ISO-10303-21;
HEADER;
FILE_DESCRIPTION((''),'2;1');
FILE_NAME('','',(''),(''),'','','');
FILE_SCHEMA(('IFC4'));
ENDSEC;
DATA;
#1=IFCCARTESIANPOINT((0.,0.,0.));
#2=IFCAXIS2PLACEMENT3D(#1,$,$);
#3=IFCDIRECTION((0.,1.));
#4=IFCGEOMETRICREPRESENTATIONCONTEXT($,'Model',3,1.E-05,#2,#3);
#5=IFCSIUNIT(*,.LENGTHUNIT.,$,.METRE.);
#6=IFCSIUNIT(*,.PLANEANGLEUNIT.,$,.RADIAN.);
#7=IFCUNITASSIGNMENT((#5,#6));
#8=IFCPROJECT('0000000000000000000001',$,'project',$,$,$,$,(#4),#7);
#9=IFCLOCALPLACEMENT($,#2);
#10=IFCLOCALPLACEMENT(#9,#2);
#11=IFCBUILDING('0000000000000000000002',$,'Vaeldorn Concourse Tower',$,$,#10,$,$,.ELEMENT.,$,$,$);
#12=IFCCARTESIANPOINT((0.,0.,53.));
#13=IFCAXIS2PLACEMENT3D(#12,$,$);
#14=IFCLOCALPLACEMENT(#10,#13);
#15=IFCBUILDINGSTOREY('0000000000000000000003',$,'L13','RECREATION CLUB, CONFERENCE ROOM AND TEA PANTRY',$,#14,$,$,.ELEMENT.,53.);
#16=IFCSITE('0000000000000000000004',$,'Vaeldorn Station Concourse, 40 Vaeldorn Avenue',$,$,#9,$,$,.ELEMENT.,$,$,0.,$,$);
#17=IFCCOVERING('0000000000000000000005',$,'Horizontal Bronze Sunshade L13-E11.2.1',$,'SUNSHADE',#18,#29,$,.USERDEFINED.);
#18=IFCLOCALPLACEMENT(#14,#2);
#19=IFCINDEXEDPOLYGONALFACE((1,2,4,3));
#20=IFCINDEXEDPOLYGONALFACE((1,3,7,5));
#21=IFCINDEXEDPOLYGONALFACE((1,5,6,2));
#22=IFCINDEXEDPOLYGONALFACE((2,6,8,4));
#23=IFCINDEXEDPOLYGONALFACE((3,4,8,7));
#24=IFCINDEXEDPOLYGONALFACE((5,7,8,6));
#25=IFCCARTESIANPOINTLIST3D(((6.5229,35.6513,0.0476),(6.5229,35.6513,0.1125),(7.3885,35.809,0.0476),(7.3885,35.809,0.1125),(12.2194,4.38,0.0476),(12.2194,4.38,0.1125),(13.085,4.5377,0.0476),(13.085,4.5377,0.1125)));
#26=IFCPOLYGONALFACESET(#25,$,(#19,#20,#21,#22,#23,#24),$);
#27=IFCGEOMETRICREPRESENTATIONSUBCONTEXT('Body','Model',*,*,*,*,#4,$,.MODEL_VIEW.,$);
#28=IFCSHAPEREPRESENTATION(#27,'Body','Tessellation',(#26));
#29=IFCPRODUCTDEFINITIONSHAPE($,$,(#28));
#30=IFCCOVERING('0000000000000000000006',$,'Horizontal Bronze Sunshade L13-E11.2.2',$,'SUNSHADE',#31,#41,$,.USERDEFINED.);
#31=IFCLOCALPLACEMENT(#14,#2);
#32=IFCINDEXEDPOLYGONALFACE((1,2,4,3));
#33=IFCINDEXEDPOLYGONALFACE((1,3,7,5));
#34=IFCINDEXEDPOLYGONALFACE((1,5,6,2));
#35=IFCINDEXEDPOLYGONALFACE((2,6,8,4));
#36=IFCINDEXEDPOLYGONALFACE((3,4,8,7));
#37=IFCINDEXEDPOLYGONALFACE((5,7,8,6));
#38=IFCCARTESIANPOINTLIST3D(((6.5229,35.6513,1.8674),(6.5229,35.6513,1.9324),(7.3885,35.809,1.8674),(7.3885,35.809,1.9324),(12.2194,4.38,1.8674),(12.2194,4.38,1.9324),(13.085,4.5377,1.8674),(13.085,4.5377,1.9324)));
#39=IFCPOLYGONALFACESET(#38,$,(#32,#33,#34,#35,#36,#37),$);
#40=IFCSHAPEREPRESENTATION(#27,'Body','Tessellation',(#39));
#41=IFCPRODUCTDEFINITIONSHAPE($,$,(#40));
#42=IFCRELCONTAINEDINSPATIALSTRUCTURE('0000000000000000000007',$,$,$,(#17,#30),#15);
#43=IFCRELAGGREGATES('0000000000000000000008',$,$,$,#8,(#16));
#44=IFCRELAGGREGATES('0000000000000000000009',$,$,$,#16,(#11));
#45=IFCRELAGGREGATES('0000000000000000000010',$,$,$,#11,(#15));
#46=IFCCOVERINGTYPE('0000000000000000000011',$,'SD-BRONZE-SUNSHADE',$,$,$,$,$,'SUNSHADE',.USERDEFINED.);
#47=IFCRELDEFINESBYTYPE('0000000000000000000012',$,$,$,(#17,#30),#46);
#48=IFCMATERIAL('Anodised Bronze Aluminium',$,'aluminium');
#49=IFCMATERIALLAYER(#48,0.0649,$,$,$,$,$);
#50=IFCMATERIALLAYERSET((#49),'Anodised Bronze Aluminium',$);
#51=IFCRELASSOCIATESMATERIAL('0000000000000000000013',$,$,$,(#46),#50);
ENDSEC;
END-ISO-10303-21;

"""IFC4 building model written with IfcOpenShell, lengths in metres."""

from ifc_helpers import new_model, si_unit, direction, frame, origin, origin_2d, place, context, subcontext, project, spatial, rectangle, extrude, source, transform, mapped, material, layer, layer_set, type_object, element, save


model = new_model("IFC4")

# Units and contexts
model_context = context("Model", 3, precision=1e-05, world=origin(), true_north=direction((0.0, 1.0)))
body_context = subcontext(model_context, "Body", "Model", "MODEL_VIEW")
ifc_project = project(units=[si_unit("LENGTHUNIT", "METRE"), si_unit("PLANEANGLEUNIT", "RADIAN")], contexts=[model_context])

# Site, building, storey
site_placement = place(None, origin())
site = spatial("IfcSite", under=ifc_project, at=site_placement, Name="Vaeldorn Station Concourse, 40 Vaeldorn Avenue", CompositionType="ELEMENT", RefElevation=0.0)
building_placement = place(site_placement, origin())
building = spatial("IfcBuilding", under=site, at=building_placement, Name="Vaeldorn Concourse Tower", CompositionType="ELEMENT")
storey_placement = place(building_placement, frame((0.0, 0.0, 53.0)))
storey = spatial("IfcBuildingStorey", under=building, at=storey_placement, Name="L13", Description="RECREATION CLUB, CONFERENCE ROOM AND TEA PANTRY", CompositionType="ELEMENT", Elevation=53.0)

# Shared definitions
ifc_material_1 = material(Name="Anodised Bronze Aluminium", Category="aluminium")

# Coverings
ifc_layer_1 = layer(ifc_material_1, 0.0649)
ifc_layer_set_1 = layer_set([ifc_layer_1], Name="Anodised Bronze Aluminium")
covering_type = type_object("IfcCoveringType", Name="SD-BRONZE-SUNSHADE", ElementType="SUNSHADE", PredefinedType="USERDEFINED", material=ifc_layer_set_1)
shared_shape_1 = source(origin(), body_context, "Body", "SweptSolid", [
    extrude(rectangle(XDim=31.7859, YDim=0.8799, at=origin_2d()), origin(), (0.0, 0.0, 1.0), 0.0649),
])
for number, where, z_axis, x_axis, name in (
    (1, (9.804, 20.0945, 0.0476), (0.0, 0.0, 1.0), (0.179214, -0.98381, 0.0), "Horizontal Bronze Sunshade L13-E11.2.1"),
    (2, (9.804, 20.0945, 1.8674), (0.0, 0.0, 1.0), (0.179214, -0.98381, 0.0), "Horizontal Bronze Sunshade L13-E11.2.2"),
):
    element("IfcCovering", number, at=place(storey_placement, frame(where, z_axis=z_axis, x_axis=x_axis)), inside=storey, type_object=covering_type, Name=name, ObjectType="SUNSHADE", PredefinedType="USERDEFINED", context=body_context, shape_type="MappedRepresentation", body=[
        mapped(shared_shape_1, transform((0.0, 0.0, 0.0), scale=1.0)),
    ])

save(model, "model.ifc")
